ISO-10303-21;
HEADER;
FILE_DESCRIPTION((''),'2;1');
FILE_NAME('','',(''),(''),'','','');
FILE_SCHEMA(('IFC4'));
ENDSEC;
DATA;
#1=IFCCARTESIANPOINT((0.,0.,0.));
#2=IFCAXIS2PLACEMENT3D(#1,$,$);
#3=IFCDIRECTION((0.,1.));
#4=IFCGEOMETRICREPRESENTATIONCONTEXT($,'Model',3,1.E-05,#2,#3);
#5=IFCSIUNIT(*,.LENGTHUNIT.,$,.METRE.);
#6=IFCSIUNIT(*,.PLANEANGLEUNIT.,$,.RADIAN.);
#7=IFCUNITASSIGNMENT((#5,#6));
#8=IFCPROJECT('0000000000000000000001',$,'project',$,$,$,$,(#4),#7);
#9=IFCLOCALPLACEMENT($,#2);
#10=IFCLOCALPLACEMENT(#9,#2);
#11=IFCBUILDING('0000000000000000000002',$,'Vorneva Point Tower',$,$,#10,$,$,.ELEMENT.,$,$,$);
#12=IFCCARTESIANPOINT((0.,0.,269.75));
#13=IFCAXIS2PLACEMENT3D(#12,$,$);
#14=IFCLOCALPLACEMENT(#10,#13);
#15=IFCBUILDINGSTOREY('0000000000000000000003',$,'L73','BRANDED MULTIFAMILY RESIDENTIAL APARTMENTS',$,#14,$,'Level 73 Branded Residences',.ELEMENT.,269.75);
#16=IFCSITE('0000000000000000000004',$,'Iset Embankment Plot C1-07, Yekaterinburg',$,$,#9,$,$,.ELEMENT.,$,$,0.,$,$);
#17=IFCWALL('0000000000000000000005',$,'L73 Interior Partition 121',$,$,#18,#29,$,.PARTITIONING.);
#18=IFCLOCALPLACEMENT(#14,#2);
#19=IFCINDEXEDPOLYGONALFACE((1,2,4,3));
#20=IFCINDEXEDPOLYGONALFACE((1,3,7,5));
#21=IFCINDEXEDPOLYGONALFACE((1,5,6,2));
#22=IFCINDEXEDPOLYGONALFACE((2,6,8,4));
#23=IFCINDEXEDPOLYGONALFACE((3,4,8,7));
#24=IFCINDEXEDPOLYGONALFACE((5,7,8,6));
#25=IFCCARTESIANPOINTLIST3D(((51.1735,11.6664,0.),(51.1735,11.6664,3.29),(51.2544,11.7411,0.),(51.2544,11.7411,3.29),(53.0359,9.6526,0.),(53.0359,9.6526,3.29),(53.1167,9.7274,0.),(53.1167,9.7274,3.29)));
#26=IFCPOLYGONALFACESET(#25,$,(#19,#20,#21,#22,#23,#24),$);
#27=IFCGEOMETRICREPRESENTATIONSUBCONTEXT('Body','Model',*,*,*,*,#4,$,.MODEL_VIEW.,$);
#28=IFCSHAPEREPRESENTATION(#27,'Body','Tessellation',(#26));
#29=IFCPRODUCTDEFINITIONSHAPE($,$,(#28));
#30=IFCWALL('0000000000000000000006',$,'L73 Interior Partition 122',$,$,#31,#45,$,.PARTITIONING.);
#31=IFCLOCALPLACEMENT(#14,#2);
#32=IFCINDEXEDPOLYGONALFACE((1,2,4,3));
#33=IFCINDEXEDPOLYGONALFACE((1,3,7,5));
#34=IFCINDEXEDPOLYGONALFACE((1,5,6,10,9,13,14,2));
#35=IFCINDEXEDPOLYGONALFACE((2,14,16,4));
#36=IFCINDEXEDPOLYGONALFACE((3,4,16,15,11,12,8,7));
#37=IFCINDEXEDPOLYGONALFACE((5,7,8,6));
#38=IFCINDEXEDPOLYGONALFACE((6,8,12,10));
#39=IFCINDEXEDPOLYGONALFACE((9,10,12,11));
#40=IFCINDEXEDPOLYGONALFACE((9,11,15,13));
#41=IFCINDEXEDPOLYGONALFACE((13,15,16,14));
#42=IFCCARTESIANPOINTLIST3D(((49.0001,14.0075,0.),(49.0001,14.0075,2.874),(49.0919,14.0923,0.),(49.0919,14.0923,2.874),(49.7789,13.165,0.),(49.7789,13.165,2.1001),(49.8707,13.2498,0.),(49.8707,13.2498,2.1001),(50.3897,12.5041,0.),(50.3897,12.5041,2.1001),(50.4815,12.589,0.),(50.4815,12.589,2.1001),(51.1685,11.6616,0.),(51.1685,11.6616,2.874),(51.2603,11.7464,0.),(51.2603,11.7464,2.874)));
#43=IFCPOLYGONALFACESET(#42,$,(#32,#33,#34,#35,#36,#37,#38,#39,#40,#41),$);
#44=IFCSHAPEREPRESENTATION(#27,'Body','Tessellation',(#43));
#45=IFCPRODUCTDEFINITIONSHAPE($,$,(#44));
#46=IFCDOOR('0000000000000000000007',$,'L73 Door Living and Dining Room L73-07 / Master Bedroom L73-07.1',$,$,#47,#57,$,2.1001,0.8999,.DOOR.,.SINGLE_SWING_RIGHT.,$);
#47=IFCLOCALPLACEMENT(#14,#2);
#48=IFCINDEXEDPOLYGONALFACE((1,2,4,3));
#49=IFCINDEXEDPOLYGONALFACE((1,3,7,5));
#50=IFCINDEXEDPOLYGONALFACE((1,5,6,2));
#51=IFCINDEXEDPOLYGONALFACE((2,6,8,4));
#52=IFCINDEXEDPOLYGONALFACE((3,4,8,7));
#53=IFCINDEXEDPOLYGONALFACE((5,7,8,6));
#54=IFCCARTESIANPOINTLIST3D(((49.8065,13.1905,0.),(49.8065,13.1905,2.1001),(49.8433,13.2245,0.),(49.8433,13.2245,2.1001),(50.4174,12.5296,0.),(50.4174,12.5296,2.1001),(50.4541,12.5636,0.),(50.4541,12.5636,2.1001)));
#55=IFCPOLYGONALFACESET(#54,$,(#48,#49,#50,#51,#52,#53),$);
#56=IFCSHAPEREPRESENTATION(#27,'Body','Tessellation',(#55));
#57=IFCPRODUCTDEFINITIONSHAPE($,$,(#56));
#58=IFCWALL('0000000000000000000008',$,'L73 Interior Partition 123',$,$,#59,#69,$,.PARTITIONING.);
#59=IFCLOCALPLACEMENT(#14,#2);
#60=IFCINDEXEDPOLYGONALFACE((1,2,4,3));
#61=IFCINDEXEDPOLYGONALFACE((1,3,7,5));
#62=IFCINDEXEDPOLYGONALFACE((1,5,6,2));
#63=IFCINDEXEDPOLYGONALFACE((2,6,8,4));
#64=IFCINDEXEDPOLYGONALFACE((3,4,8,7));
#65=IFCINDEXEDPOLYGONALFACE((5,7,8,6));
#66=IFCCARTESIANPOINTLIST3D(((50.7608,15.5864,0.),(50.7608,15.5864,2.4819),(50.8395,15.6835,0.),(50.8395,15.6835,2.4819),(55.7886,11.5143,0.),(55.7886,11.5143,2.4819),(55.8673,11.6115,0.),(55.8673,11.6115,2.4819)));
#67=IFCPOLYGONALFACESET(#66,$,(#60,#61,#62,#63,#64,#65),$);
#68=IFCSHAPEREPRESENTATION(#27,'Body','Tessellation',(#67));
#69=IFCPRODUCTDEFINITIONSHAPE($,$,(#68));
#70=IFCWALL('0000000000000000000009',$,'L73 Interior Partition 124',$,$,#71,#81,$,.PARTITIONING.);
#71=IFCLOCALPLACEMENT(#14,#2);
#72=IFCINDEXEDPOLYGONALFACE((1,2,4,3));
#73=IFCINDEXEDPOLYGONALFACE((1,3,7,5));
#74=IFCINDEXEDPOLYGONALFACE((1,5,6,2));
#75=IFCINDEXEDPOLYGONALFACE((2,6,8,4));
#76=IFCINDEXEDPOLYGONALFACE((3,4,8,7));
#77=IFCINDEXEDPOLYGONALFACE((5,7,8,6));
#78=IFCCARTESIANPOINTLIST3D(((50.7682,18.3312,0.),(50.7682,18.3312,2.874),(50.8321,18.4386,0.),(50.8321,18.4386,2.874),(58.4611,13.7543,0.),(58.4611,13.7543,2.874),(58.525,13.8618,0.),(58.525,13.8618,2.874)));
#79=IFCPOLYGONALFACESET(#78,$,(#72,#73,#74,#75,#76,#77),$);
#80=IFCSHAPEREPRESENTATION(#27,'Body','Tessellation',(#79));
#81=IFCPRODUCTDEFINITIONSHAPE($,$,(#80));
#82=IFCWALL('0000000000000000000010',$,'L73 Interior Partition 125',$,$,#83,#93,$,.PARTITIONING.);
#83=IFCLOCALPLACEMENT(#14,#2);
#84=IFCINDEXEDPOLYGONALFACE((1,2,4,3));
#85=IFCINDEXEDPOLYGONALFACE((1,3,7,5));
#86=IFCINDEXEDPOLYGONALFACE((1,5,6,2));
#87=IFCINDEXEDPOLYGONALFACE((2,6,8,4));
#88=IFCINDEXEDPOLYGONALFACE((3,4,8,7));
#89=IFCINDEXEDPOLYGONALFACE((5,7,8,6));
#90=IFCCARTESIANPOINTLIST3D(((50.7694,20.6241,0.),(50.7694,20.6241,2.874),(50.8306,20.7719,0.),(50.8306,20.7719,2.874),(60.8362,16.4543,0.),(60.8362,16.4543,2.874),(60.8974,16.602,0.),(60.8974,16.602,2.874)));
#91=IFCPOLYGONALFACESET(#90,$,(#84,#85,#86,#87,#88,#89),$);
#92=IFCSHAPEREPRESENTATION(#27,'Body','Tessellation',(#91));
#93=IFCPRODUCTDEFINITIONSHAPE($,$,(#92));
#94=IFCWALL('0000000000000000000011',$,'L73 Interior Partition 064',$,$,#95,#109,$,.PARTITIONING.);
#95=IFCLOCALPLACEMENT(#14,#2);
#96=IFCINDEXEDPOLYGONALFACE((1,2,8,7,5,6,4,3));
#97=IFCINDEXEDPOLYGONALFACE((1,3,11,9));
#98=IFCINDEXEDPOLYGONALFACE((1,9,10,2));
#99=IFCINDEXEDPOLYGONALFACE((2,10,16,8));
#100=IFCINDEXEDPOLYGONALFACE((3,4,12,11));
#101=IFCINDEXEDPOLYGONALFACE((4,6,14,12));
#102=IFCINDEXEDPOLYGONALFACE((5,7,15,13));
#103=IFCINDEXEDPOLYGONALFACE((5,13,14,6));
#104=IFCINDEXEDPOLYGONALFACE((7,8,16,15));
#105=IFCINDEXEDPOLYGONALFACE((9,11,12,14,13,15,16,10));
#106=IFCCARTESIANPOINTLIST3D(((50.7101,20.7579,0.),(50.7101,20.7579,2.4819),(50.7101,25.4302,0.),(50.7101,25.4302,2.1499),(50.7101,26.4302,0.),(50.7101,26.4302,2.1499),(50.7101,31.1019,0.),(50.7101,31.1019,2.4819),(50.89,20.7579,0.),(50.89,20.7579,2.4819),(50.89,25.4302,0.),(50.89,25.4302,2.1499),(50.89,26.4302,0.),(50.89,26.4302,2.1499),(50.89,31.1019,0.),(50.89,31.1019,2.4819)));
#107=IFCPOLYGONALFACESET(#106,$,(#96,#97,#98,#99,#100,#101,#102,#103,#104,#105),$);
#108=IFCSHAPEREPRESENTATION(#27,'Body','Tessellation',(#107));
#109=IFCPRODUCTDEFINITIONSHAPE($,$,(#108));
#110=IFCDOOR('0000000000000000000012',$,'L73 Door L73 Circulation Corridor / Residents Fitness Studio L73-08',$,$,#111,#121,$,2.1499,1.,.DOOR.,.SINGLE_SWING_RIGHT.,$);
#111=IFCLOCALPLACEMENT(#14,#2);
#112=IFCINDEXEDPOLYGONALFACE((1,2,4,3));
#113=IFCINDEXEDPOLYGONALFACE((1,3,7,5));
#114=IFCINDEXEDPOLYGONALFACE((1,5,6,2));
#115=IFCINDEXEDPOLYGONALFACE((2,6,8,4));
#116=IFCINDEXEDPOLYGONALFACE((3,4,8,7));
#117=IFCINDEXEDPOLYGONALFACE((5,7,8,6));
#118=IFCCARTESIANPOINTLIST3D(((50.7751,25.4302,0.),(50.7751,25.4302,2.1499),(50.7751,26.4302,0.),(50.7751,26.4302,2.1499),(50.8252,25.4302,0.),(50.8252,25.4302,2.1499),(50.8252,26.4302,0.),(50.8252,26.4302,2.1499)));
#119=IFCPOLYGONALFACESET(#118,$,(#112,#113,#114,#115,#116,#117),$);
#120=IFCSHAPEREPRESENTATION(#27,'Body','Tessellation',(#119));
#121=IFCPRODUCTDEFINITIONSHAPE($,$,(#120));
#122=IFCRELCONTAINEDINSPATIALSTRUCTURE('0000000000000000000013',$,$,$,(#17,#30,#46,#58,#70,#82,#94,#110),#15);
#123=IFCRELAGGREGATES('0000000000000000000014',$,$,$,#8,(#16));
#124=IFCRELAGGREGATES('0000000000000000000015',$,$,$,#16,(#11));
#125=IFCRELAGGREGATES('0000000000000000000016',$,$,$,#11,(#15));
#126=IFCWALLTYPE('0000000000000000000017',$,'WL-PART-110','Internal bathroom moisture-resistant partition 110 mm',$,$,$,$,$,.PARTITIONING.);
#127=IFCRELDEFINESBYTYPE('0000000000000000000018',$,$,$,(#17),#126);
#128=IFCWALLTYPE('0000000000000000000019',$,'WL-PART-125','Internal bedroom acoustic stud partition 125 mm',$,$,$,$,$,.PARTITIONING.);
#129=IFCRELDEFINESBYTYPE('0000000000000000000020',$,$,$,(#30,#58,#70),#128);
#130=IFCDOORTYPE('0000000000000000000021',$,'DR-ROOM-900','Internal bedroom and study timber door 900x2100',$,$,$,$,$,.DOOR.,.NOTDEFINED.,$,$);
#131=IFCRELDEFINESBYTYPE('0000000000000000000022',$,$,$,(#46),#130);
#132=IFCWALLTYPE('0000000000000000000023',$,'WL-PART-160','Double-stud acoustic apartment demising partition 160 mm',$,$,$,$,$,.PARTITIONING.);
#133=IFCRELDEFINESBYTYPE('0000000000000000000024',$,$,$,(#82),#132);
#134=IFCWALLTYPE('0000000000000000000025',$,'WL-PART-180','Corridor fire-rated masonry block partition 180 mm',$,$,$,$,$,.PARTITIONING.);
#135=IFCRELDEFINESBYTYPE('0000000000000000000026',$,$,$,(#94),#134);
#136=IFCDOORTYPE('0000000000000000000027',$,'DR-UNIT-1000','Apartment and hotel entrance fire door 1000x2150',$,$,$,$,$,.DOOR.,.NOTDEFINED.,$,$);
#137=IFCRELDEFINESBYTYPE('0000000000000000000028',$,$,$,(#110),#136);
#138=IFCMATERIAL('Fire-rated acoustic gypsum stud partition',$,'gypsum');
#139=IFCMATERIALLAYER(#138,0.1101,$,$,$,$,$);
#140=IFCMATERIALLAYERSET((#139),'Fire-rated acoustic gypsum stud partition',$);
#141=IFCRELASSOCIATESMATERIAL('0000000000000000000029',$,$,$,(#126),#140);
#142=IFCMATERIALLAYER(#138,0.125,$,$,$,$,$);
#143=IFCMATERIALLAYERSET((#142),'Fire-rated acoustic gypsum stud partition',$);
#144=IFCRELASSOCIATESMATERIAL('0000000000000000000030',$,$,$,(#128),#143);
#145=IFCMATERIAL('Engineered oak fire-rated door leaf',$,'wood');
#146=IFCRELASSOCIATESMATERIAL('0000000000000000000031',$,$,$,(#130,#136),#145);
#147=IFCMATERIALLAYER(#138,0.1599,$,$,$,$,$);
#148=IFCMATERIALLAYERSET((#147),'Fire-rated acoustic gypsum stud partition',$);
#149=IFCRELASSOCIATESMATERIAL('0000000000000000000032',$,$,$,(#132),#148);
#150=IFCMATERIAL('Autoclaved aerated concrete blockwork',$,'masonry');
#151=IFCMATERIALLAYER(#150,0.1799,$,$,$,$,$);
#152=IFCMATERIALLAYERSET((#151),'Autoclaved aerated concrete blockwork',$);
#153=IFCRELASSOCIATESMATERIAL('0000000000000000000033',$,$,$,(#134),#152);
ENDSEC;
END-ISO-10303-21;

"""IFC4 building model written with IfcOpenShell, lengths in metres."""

from ifc_helpers import new_model, si_unit, direction, frame, frame_2d, origin, place, context, subcontext, project, spatial, rectangle, extrude, material, layer, layer_set, type_object, element, fill, save


model = new_model("IFC4")

# Units and contexts
model_context = context("Model", 3, precision=1e-05, world=origin(), true_north=direction((0.0, 1.0)))
body_context = subcontext(model_context, "Body", "Model", "MODEL_VIEW")
ifc_project = project(units=[si_unit("LENGTHUNIT", "METRE"), si_unit("PLANEANGLEUNIT", "RADIAN")], contexts=[model_context])

# Site, building, storey
site_placement = place(None, origin())
site = spatial("IfcSite", under=ifc_project, at=site_placement, Name="Iset Embankment Plot C1-07, Yekaterinburg", CompositionType="ELEMENT", RefElevation=0.0)
building_placement = place(site_placement, origin())
building = spatial("IfcBuilding", under=site, at=building_placement, Name="Vorneva Point Tower", CompositionType="ELEMENT")
storey_placement = place(building_placement, frame((0.0, 0.0, 269.75)))
storey = spatial("IfcBuildingStorey", under=building, at=storey_placement, Name="L73", Description="BRANDED MULTIFAMILY RESIDENTIAL APARTMENTS", LongName="Level 73 Branded Residences", CompositionType="ELEMENT", Elevation=269.75)

# Wall
ifc_material_1 = material(Name="Fire-rated acoustic gypsum stud partition", Category="gypsum")
ifc_layer_1 = layer(ifc_material_1, 0.1101)
ifc_layer_set_1 = layer_set([ifc_layer_1], Name="Fire-rated acoustic gypsum stud partition")
wall_type_1 = type_object("IfcWallType", Name="WL-PART-110", Description="Internal bathroom moisture-resistant partition 110 mm", PredefinedType="PARTITIONING", material=ifc_layer_set_1)
wall_1_placement = place(storey_placement, frame((51.2139, 11.7039, 0.0), z_axis=(0.0, 0.0, 1.0), x_axis=(0.678975, -0.734162, 0.0)))
element("IfcWall", 1, at=wall_1_placement, inside=storey, type_object=wall_type_1, Name="L73 Interior Partition 121", PredefinedType="PARTITIONING", context=body_context, shape_type="SweptSolid", body=[
    extrude(rectangle(XDim=2.7429, YDim=0.1101, at=frame_2d((1.3716, 0.0))), origin(), (0.0, 0.0, 1.0), 3.29),
])

# Wall, opening, door
ifc_layer_2 = layer(ifc_material_1, 0.125)
ifc_layer_set_2 = layer_set([ifc_layer_2], Name="Fire-rated acoustic gypsum stud partition")
wall_type_2 = type_object("IfcWallType", Name="WL-PART-125", Description="Internal bedroom acoustic stud partition 125 mm", PredefinedType="PARTITIONING", material=ifc_layer_set_2)
wall_2_placement = place(storey_placement, frame((51.2144, 11.7041, 0.0), z_axis=(0.0, 0.0, 1.0), x_axis=(-0.678781, 0.73434, 0.0)))
wall_2 = element("IfcWall", 2, at=wall_2_placement, inside=storey, type_object=wall_type_2, Name="L73 Interior Partition 122", PredefinedType="PARTITIONING", context=body_context, shape_type="SweptSolid", body=[
    extrude(rectangle(XDim=3.1946, YDim=0.125, at=frame_2d((1.5972, 0.0))), origin(), (0.0, 0.0, 1.0), 2.874),
])
opening_1_placement = place(wall_2_placement, frame((1.1472, 0.0, 0.0)))
opening_1 = element("IfcOpeningElement", 3, at=opening_1_placement, cuts=wall_2, PredefinedType="OPENING", context=body_context, shape_type="SweptSolid", body=[
    extrude(rectangle(XDim=0.8999, YDim=2.1001, at=frame_2d((0.45, 1.05))), frame((0.0, 0.0774, 0.0), z_axis=(0.0, -1.0, 0.0), x_axis=(1.0, 0.0, 0.0)), (0.0, 0.0, 1.0), 0.1548),
])
ifc_material_2 = material(Name="Engineered oak fire-rated door leaf", Category="wood")
door_type_1 = type_object("IfcDoorType", Name="DR-ROOM-900", Description="Internal bedroom and study timber door 900x2100", OperationType="NOTDEFINED", PredefinedType="DOOR", material=ifc_material_2)
door_1_placement = place(opening_1_placement, origin())
door_1 = element("IfcDoor", 4, at=door_1_placement, inside=storey, type_object=door_type_1, Name="L73 Door Living and Dining Room L73-07 / Master Bedroom L73-07.1", OperationType="SINGLE_SWING_RIGHT", OverallHeight=2.1001, OverallWidth=0.8999, PredefinedType="DOOR", context=body_context, shape_type="SweptSolid", body=[
    extrude(rectangle(XDim=0.8999, YDim=2.1001, at=frame_2d((0.45, 1.05))), frame((0.0, 0.0249, 0.0), z_axis=(0.0, -1.0, 0.0), x_axis=(1.0, 0.0, 0.0)), (0.0, 0.0, 1.0), 0.05),
])
fill(opening_1, door_1)

# Walls
wall_3_placement = place(storey_placement, frame((55.8279, 11.563, 0.0), z_axis=(0.0, 0.0, 1.0), x_axis=(-0.777103, 0.629373, 0.0)))
element("IfcWall", 5, at=wall_3_placement, inside=storey, type_object=wall_type_2, Name="L73 Interior Partition 123", PredefinedType="PARTITIONING", context=body_context, shape_type="SweptSolid", body=[
    extrude(rectangle(XDim=6.47, YDim=0.125, at=frame_2d((3.2349, 0.0))), origin(), (0.0, 0.0, 1.0), 2.4819),
])
wall_4_placement = place(storey_placement, frame((58.4929, 13.8081, 0.0), z_axis=(0.0, 0.0, 1.0), x_axis=(-0.8594, 0.511304, 0.0)))
element("IfcWall", 6, at=wall_4_placement, inside=storey, type_object=wall_type_2, Name="L73 Interior Partition 124", PredefinedType="PARTITIONING", context=body_context, shape_type="SweptSolid", body=[
    extrude(rectangle(XDim=8.9514, YDim=0.125, at=frame_2d((4.4756, 0.0))), origin(), (0.0, 0.0, 1.0), 2.874),
])
ifc_layer_3 = layer(ifc_material_1, 0.1599)
ifc_layer_set_3 = layer_set([ifc_layer_3], Name="Fire-rated acoustic gypsum stud partition")
wall_type_3 = type_object("IfcWallType", Name="WL-PART-160", Description="Double-stud acoustic apartment demising partition 160 mm", PredefinedType="PARTITIONING", material=ifc_layer_set_3)
wall_5_placement = place(storey_placement, frame((60.8669, 16.5281, 0.0), z_axis=(0.0, 0.0, 1.0), x_axis=(-0.923877, 0.38269, 0.0)))
element("IfcWall", 7, at=wall_5_placement, inside=storey, type_object=wall_type_3, Name="L73 Interior Partition 125", PredefinedType="PARTITIONING", context=body_context, shape_type="SweptSolid", body=[
    extrude(rectangle(XDim=10.8962, YDim=0.1599, at=frame_2d((5.4482, 0.0))), origin(), (0.0, 0.0, 1.0), 2.874),
])

# Wall, opening, door
ifc_material_3 = material(Name="Autoclaved aerated concrete blockwork", Category="masonry")
ifc_layer_4 = layer(ifc_material_3, 0.1799)
ifc_layer_set_4 = layer_set([ifc_layer_4], Name="Autoclaved aerated concrete blockwork")
wall_type_4 = type_object("IfcWallType", Name="WL-PART-180", Description="Corridor fire-rated masonry block partition 180 mm", PredefinedType="PARTITIONING", material=ifc_layer_set_4)
wall_6_placement = place(storey_placement, frame((50.8, 20.7581, 0.0), z_axis=(0.0, 0.0, 1.0), x_axis=(0.0, 1.0, 0.0)))
wall_6 = element("IfcWall", 8, at=wall_6_placement, inside=storey, type_object=wall_type_4, Name="L73 Interior Partition 064", PredefinedType="PARTITIONING", context=body_context, shape_type="SweptSolid", body=[
    extrude(rectangle(XDim=10.344, YDim=0.1799, at=frame_2d((5.1719, 0.0))), origin(), (0.0, 0.0, 1.0), 2.4819),
])
opening_2_placement = place(wall_6_placement, frame((4.6721, 0.0, 0.0)))
opening_2 = element("IfcOpeningElement", 9, at=opening_2_placement, cuts=wall_6, PredefinedType="OPENING", context=body_context, shape_type="SweptSolid", body=[
    extrude(rectangle(XDim=1.0, YDim=2.1499, at=frame_2d((0.5, 1.075))), frame((0.0, 0.105, 0.0), z_axis=(0.0, -1.0, 0.0), x_axis=(1.0, 0.0, 0.0)), (0.0, 0.0, 1.0), 0.2097),
])
door_type_2 = type_object("IfcDoorType", Name="DR-UNIT-1000", Description="Apartment and hotel entrance fire door 1000x2150", OperationType="NOTDEFINED", PredefinedType="DOOR", material=ifc_material_2)
door_2_placement = place(opening_2_placement, origin())
door_2 = element("IfcDoor", 10, at=door_2_placement, inside=storey, type_object=door_type_2, Name="L73 Door L73 Circulation Corridor / Residents Fitness Studio L73-08", OperationType="SINGLE_SWING_RIGHT", OverallHeight=2.1499, OverallWidth=1.0, PredefinedType="DOOR", context=body_context, shape_type="SweptSolid", body=[
    extrude(rectangle(XDim=1.0, YDim=2.1499, at=frame_2d((0.5, 1.075))), frame((0.0, 0.0249, 0.0), z_axis=(0.0, -1.0, 0.0), x_axis=(1.0, 0.0, 0.0)), (0.0, 0.0, 1.0), 0.05),
])
fill(opening_2, door_2)

save(model, "model.ifc")
